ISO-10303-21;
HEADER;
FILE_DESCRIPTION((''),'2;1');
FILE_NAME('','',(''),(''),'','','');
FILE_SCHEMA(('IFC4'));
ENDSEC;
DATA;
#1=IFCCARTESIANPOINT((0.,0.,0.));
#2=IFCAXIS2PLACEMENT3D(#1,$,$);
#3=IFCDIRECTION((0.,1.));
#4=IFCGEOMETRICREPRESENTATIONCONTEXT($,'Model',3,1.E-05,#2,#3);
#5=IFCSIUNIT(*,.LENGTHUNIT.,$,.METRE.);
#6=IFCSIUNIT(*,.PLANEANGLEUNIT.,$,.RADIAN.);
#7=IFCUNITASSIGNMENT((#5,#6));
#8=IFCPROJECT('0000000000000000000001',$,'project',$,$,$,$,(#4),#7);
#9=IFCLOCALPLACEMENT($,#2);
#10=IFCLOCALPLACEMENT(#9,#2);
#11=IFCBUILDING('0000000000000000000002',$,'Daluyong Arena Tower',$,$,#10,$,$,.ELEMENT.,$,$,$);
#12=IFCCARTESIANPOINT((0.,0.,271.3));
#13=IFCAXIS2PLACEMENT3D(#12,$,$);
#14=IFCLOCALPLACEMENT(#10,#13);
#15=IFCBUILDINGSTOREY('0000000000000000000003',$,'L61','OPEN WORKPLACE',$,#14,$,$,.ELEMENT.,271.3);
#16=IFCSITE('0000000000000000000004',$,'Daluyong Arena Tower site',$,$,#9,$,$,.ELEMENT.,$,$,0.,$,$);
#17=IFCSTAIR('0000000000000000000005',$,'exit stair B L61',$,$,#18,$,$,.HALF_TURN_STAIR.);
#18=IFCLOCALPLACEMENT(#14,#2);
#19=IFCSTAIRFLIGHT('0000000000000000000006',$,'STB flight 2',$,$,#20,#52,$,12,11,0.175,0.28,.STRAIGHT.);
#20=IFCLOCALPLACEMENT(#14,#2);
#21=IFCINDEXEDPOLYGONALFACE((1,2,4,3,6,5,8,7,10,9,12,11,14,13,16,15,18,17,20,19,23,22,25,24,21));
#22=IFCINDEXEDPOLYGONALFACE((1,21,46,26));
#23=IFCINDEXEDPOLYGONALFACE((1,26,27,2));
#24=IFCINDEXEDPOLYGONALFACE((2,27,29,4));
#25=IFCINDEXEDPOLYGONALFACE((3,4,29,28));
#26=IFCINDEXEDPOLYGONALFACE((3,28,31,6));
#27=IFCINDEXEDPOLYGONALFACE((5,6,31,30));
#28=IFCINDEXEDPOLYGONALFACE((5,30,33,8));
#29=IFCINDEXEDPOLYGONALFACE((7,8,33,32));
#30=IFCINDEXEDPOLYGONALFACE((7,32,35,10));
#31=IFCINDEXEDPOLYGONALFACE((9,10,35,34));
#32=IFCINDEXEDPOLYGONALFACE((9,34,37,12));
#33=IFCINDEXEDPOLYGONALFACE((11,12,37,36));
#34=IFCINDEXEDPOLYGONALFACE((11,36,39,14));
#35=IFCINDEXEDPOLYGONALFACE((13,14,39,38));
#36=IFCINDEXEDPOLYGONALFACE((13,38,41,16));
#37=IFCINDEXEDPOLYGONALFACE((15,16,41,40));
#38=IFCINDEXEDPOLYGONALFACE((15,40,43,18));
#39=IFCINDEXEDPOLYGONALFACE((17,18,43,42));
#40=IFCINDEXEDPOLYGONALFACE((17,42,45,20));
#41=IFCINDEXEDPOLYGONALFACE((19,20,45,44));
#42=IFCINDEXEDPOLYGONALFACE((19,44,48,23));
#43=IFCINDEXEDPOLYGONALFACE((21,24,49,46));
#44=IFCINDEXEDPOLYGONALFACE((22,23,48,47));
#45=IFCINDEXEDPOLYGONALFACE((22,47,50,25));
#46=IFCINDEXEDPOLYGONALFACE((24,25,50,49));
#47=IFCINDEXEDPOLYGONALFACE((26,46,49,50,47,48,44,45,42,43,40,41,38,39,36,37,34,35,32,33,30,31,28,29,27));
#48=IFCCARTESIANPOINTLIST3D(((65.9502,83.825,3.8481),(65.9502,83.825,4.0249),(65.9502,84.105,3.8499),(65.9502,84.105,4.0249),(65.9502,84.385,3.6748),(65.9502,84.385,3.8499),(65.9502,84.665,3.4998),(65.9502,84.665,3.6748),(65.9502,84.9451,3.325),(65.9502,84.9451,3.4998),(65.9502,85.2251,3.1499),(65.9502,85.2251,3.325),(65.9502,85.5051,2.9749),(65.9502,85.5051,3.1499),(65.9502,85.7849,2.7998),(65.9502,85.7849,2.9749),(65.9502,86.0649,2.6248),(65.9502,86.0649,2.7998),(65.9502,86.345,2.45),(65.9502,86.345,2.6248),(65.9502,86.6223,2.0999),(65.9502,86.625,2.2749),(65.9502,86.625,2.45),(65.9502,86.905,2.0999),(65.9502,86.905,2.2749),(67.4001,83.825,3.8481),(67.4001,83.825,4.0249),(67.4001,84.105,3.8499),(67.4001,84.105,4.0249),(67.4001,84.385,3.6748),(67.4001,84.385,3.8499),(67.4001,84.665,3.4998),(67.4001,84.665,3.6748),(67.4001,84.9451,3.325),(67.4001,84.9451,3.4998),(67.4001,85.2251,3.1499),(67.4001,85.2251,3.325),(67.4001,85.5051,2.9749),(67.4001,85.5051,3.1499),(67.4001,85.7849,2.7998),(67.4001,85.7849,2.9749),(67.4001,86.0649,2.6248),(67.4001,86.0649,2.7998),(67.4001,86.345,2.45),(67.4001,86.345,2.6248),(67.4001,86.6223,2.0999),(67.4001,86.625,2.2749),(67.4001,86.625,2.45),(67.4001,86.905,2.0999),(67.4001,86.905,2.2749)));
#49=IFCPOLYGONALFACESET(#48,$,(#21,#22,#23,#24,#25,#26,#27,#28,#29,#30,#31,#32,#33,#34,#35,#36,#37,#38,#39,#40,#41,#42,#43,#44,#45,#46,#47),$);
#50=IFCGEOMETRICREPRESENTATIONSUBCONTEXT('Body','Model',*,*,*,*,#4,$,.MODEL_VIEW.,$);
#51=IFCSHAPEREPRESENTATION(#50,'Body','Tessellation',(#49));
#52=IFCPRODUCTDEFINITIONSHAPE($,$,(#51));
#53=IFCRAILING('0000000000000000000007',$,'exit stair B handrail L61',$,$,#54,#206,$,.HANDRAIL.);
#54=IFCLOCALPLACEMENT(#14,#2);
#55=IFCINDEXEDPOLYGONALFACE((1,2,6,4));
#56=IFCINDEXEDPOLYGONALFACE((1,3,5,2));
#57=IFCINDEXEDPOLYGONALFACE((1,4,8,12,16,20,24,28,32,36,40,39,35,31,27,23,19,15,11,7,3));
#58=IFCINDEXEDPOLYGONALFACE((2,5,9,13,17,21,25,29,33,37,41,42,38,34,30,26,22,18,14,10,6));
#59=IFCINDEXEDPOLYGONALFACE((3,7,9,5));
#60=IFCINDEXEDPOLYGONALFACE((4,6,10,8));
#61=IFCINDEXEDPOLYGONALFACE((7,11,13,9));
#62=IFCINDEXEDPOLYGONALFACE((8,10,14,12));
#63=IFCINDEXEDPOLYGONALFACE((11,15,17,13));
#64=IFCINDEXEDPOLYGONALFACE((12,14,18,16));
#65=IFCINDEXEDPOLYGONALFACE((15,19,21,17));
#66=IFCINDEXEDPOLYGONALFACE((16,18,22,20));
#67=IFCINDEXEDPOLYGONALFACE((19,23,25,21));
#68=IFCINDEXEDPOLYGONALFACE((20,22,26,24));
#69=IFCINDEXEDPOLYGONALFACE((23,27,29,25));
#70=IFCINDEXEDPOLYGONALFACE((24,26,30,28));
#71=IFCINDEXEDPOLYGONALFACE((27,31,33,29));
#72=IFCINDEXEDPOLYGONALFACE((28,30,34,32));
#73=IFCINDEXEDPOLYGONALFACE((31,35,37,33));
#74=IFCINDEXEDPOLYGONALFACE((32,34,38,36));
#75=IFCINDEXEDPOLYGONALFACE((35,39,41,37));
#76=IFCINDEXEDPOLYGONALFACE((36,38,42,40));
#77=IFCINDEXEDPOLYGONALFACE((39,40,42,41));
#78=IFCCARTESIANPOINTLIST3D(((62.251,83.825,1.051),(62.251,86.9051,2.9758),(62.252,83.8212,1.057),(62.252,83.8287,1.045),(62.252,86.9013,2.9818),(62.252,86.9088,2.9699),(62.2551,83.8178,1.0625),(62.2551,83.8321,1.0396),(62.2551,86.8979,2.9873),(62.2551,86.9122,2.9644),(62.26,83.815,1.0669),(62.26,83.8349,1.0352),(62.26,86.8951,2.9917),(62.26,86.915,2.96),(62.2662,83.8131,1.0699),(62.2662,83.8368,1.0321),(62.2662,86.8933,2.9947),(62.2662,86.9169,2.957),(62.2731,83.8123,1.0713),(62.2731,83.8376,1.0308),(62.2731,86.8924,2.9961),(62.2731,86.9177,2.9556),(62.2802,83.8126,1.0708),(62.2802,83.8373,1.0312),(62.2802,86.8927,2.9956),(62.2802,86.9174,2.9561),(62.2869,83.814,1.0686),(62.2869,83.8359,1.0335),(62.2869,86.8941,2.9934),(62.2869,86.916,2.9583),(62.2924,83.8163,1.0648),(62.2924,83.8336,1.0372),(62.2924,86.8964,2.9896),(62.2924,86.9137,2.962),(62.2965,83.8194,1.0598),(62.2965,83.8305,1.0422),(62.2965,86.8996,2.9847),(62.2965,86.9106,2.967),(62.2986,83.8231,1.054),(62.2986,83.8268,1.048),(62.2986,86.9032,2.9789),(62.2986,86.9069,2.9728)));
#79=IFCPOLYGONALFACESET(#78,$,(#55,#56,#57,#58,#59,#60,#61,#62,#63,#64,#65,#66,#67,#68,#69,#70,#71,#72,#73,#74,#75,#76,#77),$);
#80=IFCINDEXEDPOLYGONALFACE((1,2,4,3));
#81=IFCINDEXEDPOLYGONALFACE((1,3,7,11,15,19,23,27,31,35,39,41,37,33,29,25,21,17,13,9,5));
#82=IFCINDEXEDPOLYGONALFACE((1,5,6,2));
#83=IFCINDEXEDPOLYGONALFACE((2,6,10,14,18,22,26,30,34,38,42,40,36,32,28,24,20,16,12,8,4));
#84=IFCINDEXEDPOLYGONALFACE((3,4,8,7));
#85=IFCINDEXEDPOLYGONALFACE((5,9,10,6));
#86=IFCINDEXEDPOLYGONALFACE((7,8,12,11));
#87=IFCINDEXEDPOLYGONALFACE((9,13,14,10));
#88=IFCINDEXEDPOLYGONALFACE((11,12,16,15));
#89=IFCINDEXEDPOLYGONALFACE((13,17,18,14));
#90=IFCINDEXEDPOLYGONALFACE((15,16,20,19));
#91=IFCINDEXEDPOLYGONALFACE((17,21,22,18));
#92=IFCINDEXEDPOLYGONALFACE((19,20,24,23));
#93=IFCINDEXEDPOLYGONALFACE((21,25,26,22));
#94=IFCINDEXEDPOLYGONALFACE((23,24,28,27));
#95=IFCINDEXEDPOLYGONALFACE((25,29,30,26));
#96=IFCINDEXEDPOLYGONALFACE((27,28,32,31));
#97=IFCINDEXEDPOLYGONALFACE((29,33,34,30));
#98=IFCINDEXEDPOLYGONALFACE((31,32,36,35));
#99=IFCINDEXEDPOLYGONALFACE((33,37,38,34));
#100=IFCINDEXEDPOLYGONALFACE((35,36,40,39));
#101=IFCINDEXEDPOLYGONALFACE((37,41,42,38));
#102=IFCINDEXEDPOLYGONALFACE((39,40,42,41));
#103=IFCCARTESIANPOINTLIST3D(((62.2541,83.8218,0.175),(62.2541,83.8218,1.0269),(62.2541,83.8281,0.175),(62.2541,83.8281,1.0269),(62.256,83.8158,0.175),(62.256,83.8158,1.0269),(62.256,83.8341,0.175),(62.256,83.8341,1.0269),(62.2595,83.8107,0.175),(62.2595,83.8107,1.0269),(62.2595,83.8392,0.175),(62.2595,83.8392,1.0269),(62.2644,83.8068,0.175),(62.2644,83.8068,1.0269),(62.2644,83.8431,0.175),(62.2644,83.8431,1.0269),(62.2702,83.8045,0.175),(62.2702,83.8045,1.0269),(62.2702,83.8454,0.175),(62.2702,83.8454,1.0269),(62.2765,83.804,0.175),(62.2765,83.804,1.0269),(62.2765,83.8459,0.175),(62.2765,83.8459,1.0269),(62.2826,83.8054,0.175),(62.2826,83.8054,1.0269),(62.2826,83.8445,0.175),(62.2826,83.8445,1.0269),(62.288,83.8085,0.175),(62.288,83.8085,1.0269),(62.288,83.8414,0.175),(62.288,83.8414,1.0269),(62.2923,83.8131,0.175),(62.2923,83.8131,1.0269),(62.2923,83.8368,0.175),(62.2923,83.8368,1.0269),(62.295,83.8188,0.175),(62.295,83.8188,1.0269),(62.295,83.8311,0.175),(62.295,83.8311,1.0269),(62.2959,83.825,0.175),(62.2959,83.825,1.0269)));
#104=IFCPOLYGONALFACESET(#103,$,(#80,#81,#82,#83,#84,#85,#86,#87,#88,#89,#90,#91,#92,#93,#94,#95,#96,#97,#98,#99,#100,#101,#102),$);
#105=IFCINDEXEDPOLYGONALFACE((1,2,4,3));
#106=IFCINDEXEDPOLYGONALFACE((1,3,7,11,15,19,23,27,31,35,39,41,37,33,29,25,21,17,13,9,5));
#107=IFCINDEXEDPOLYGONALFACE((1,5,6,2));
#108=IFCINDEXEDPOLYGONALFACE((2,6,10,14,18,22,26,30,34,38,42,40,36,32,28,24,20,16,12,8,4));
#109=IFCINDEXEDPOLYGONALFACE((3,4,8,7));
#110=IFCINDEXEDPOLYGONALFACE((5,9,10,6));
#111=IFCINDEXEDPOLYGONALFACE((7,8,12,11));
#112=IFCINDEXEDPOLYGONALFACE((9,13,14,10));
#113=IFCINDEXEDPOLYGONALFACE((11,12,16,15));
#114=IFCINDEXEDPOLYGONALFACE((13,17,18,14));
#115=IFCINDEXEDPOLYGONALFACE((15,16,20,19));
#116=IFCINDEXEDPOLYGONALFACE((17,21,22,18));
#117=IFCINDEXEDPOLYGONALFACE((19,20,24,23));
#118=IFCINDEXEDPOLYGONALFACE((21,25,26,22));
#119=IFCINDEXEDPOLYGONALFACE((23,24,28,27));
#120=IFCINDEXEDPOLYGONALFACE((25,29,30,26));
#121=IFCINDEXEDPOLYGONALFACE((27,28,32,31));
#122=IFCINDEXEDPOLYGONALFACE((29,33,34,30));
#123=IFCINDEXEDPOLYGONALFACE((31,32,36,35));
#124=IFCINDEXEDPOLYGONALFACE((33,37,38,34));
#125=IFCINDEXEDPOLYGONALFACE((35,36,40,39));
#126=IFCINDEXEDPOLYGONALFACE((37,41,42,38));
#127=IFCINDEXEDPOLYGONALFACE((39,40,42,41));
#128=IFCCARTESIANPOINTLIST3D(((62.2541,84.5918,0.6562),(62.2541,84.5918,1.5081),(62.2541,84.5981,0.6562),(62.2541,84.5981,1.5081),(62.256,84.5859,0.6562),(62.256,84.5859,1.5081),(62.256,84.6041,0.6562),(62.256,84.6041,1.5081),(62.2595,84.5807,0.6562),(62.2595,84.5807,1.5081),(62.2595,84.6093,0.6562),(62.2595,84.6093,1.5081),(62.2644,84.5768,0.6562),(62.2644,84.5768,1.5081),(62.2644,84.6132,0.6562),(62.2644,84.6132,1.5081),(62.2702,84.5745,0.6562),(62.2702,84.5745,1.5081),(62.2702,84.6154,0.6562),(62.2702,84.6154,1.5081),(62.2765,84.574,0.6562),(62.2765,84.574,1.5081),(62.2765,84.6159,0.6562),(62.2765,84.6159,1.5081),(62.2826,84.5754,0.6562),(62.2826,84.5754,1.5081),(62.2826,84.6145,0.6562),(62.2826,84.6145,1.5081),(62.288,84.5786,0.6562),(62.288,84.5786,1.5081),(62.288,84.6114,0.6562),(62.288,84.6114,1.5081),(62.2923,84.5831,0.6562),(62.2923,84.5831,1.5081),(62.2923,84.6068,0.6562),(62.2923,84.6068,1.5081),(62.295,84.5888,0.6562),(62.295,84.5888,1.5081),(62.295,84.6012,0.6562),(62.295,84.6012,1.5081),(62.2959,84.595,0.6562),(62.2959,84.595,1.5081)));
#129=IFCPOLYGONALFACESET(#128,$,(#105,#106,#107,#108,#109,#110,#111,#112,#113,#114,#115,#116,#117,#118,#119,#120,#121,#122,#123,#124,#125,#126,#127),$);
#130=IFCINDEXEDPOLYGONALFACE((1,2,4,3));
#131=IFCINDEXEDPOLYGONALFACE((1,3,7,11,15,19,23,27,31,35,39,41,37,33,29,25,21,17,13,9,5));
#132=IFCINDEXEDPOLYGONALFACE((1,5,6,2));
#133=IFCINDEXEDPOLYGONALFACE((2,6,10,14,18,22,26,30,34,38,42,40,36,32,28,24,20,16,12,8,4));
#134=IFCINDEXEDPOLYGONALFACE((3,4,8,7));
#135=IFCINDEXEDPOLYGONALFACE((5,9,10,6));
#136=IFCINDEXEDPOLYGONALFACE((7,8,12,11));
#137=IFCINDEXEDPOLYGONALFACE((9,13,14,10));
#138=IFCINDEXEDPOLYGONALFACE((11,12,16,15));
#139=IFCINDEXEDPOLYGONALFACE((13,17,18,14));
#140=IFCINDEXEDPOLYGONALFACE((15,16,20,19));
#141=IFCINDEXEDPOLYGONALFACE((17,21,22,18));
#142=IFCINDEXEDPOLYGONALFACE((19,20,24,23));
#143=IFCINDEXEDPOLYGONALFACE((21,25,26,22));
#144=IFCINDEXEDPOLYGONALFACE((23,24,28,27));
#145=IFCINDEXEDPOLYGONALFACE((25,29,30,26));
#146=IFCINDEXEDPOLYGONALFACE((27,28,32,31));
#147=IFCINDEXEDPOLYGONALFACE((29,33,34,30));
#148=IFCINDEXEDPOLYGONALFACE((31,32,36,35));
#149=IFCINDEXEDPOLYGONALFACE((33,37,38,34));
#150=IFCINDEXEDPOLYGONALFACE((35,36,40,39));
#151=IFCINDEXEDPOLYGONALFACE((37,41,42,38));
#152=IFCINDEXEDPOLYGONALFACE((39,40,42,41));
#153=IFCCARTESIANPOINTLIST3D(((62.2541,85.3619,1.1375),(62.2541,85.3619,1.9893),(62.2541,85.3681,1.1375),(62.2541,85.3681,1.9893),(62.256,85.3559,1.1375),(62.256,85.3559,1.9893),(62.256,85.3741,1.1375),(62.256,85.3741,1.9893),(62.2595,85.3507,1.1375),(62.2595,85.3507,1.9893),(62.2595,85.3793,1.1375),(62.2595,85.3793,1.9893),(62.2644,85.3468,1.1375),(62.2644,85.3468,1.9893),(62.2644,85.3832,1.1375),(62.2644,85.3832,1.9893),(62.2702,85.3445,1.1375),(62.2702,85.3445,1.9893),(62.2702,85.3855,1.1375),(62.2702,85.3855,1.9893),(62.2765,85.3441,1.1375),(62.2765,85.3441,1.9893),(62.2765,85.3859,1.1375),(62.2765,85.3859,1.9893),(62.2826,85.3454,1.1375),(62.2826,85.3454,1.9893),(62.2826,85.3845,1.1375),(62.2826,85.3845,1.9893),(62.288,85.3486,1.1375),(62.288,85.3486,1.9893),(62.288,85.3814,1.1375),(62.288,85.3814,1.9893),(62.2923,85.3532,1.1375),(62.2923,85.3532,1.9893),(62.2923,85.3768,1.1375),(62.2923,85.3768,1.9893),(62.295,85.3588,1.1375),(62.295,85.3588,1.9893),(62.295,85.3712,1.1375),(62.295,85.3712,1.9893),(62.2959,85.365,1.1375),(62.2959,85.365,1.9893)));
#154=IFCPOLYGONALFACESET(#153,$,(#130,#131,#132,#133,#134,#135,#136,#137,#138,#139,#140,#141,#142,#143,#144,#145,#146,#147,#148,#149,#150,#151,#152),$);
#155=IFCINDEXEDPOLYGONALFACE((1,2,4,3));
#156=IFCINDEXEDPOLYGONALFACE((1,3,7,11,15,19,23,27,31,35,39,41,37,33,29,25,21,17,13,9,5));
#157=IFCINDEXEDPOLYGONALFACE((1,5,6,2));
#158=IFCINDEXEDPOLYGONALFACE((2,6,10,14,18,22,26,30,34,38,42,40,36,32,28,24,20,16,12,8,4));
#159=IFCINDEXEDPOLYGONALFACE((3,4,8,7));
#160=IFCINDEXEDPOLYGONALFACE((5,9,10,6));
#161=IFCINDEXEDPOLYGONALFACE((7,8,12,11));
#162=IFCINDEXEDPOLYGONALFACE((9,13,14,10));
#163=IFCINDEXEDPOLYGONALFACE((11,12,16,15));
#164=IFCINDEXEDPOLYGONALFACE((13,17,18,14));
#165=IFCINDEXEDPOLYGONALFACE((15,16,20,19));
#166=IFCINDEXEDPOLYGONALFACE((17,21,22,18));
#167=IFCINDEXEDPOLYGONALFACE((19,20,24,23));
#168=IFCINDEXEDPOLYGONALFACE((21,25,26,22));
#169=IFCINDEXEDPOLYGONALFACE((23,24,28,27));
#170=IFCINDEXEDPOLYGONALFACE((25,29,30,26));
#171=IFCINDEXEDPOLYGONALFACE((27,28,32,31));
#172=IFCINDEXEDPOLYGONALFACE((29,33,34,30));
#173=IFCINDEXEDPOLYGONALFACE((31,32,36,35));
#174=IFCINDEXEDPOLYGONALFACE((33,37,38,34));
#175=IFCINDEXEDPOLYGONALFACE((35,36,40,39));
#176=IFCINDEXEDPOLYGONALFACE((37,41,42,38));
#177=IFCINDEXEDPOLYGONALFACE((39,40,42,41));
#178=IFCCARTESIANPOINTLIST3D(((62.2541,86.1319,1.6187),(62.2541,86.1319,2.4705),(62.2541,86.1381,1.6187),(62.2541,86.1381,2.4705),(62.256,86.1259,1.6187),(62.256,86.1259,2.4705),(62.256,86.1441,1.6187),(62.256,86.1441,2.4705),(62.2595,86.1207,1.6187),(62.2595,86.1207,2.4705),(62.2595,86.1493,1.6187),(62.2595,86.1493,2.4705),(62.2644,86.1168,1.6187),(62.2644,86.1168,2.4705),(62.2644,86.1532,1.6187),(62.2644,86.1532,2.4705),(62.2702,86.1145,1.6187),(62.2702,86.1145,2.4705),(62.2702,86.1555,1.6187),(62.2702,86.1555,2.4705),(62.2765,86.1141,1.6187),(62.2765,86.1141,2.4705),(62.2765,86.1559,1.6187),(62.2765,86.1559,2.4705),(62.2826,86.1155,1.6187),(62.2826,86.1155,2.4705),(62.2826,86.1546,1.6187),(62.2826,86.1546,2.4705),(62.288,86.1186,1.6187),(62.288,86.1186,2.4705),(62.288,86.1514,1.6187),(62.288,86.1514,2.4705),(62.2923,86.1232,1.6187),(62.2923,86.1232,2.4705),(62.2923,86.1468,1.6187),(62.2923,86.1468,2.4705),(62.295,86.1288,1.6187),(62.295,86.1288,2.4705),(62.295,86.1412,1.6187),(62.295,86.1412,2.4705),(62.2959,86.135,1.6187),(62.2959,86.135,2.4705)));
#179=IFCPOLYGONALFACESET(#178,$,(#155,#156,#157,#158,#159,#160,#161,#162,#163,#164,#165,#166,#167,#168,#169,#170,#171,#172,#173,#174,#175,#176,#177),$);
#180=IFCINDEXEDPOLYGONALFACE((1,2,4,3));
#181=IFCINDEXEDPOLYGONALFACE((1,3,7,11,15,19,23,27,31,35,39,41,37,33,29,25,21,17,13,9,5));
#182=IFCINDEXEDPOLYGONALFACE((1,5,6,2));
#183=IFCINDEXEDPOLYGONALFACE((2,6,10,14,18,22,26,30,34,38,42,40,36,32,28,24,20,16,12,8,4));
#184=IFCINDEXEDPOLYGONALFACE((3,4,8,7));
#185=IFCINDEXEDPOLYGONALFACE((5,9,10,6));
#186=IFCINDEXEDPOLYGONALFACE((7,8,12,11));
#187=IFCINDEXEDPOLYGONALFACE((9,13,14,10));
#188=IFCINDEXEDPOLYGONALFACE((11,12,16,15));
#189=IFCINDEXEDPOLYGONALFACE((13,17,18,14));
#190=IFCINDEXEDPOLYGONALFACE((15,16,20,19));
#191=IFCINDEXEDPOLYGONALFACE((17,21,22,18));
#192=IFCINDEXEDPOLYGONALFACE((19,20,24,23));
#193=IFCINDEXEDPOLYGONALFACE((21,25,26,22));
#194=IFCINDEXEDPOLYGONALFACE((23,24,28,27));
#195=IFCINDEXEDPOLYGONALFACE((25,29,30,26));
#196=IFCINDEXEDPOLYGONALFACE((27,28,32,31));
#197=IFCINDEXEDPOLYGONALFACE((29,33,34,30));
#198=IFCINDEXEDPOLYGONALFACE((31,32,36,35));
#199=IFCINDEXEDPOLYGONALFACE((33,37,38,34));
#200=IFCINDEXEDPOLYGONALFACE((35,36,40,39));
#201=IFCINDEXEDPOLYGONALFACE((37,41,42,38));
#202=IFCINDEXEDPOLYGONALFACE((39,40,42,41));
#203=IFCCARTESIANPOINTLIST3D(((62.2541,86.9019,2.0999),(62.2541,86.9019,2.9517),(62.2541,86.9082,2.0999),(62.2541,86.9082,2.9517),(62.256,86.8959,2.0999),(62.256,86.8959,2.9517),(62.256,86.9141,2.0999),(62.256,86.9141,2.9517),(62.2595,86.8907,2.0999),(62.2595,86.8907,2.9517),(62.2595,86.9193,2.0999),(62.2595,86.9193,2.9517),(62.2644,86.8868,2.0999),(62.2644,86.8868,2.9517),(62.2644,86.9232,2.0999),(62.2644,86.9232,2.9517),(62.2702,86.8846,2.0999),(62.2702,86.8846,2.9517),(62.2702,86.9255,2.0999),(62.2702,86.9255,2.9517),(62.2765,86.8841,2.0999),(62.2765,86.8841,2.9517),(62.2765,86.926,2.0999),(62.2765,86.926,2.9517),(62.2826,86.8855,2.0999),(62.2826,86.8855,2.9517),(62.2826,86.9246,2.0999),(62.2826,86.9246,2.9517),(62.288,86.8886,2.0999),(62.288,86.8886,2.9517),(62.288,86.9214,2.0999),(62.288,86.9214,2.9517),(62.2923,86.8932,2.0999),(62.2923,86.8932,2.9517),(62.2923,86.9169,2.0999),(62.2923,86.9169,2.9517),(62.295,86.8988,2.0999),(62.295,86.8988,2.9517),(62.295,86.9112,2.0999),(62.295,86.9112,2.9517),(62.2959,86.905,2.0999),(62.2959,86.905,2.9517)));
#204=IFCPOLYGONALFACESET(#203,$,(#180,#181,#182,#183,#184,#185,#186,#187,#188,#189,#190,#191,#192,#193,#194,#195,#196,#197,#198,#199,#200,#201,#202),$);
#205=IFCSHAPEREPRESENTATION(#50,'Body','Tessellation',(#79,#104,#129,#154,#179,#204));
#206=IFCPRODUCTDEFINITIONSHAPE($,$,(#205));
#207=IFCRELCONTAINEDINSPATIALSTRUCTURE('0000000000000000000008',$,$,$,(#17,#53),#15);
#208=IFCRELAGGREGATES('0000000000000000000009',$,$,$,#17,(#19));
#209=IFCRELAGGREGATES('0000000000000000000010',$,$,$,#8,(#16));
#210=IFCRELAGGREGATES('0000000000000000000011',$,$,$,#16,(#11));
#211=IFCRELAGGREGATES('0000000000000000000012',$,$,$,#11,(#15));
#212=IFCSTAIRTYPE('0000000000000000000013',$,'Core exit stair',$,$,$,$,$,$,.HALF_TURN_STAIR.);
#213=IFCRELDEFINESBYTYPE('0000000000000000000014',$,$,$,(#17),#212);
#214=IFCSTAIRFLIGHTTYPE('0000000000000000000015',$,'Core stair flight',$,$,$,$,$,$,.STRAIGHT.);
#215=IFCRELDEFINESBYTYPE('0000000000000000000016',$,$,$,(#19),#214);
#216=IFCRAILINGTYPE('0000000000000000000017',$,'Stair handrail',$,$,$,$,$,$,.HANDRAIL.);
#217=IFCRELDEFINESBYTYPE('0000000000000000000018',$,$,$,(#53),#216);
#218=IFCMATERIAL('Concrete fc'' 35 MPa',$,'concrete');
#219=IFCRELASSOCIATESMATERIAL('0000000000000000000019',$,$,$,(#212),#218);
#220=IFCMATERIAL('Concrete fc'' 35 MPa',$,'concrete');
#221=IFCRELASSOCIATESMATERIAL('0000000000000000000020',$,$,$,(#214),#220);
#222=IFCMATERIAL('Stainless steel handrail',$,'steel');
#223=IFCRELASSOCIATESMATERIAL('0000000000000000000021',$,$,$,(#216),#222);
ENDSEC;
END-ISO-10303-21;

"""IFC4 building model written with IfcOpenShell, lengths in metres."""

from ifc_helpers import new_model, si_unit, direction, frame, origin, origin_2d, place, context, subcontext, project, spatial, polyline, circle, outline, extrude, material, type_object, element, aggregate, save


model = new_model("IFC4")

# Units and contexts
model_context = context("Model", 3, precision=1e-05, world=origin(), true_north=direction((0.0, 1.0)))
body_context = subcontext(model_context, "Body", "Model", "MODEL_VIEW")
ifc_project = project(units=[si_unit("LENGTHUNIT", "METRE"), si_unit("PLANEANGLEUNIT", "RADIAN")], contexts=[model_context])

# Site, building, storey
site_placement = place(None, origin())
site = spatial("IfcSite", under=ifc_project, at=site_placement, Name="Daluyong Arena Tower site", CompositionType="ELEMENT", RefElevation=0.0)
building_placement = place(site_placement, origin())
building = spatial("IfcBuilding", under=site, at=building_placement, Name="Daluyong Arena Tower", CompositionType="ELEMENT")
storey_placement = place(building_placement, frame((0.0, 0.0, 271.3)))
storey = spatial("IfcBuildingStorey", under=building, at=storey_placement, Name="L61", Description="OPEN WORKPLACE", CompositionType="ELEMENT", Elevation=271.3)

# Stair, stair flight
ifc_material_1 = material(Name="Concrete fc' 35 MPa", Category="concrete")
stair_type = type_object("IfcStairType", Name="Core exit stair", PredefinedType="HALF_TURN_STAIR", material=ifc_material_1)
stair_placement = place(storey_placement, origin())
stair = element("IfcStair", 1, at=stair_placement, inside=storey, type_object=stair_type, Name="exit stair B L61", PredefinedType="HALF_TURN_STAIR")
ifc_material_2 = material(Name="Concrete fc' 35 MPa", Category="concrete")
stair_flight_type = type_object("IfcStairFlightType", Name="Core stair flight", PredefinedType="STRAIGHT", material=ifc_material_2)
stair_flight_1_placement = place(storey_placement, frame((66.675, 86.905, 2.0999), z_axis=(0.0, 0.0, 1.0), x_axis=(0.0, -1.0, 0.0)))
stair_flight_1 = element("IfcStairFlight", 2, at=stair_flight_1_placement, type_object=stair_flight_type, Name="STB flight 2", NumberOfRisers=12, NumberOfTreads=11, PredefinedType="STRAIGHT", RiserHeight=0.175, TreadLength=0.28, context=body_context, shape_type="SweptSolid", body=[
    extrude(outline(polyline([(0.0, 0.0), (0.0, 0.175), (0.28, 0.175), (0.28, 0.3501), (0.5601, 0.3501), (0.5601, 0.5249), (0.8401, 0.5249), (0.8401, 0.7), (1.1201, 0.7), (1.1201, 0.875), (1.3999, 0.875), (1.3999, 1.05), (1.6799, 1.05), (1.6799, 1.2251), (1.96, 1.2251), (1.96, 1.3999), (2.24, 1.3999), (2.24, 1.575), (2.52, 1.575), (2.52, 1.75), (2.8, 1.75), (2.8, 1.925), (3.0801, 1.925), (3.0801, 2.1001), (3.0801, 1.7483), (0.2827, 0.0), (0.0, 0.0)])), frame((0.0, 0.7251, 0.0), z_axis=(0.0, -1.0, 0.0), x_axis=(1.0, 0.0, 0.0)), (0.0, 0.0, 1.0), 1.45),
])
aggregate(stair, [stair_flight_1])

# Railing
ifc_material_3 = material(Name="Stainless steel handrail", Category="steel")
railing_type_1 = type_object("IfcRailingType", Name="Stair handrail", PredefinedType="HANDRAIL", material=ifc_material_3)
railing_1_placement = place(storey_placement, frame((62.2749, 83.825, 0.175)))
element("IfcRailing", 3, at=railing_1_placement, inside=storey, type_object=railing_type_1, Name="exit stair B handrail L61", PredefinedType="HANDRAIL", context=body_context, shape_type="SweptSolid", body=[
    extrude(circle(Radius=0.0239, at=origin_2d()), frame((0.0, 0.0, 0.876), z_axis=(0.0, 0.848029, 0.529951), x_axis=(-1.0, 0.0, 0.0)), (0.0, 0.0, 1.0), 3.6321),
    extrude(circle(Radius=0.021, at=origin_2d()), origin(), (0.0, 0.0, 1.0), 0.8518),
    extrude(circle(Radius=0.021, at=origin_2d()), frame((0.0, 0.77, 0.4812)), (0.0, 0.0, 1.0), 0.8518),
    extrude(circle(Radius=0.021, at=origin_2d()), frame((0.0, 1.54, 0.9624)), (0.0, 0.0, 1.0), 0.8518),
    extrude(circle(Radius=0.021, at=origin_2d()), frame((0.0, 2.3101, 1.4436)), (0.0, 0.0, 1.0), 0.8518),
    extrude(circle(Radius=0.021, at=origin_2d()), frame((0.0, 3.0801, 1.9248)), (0.0, 0.0, 1.0), 0.8518),
])

save(model, "model.ifc")
